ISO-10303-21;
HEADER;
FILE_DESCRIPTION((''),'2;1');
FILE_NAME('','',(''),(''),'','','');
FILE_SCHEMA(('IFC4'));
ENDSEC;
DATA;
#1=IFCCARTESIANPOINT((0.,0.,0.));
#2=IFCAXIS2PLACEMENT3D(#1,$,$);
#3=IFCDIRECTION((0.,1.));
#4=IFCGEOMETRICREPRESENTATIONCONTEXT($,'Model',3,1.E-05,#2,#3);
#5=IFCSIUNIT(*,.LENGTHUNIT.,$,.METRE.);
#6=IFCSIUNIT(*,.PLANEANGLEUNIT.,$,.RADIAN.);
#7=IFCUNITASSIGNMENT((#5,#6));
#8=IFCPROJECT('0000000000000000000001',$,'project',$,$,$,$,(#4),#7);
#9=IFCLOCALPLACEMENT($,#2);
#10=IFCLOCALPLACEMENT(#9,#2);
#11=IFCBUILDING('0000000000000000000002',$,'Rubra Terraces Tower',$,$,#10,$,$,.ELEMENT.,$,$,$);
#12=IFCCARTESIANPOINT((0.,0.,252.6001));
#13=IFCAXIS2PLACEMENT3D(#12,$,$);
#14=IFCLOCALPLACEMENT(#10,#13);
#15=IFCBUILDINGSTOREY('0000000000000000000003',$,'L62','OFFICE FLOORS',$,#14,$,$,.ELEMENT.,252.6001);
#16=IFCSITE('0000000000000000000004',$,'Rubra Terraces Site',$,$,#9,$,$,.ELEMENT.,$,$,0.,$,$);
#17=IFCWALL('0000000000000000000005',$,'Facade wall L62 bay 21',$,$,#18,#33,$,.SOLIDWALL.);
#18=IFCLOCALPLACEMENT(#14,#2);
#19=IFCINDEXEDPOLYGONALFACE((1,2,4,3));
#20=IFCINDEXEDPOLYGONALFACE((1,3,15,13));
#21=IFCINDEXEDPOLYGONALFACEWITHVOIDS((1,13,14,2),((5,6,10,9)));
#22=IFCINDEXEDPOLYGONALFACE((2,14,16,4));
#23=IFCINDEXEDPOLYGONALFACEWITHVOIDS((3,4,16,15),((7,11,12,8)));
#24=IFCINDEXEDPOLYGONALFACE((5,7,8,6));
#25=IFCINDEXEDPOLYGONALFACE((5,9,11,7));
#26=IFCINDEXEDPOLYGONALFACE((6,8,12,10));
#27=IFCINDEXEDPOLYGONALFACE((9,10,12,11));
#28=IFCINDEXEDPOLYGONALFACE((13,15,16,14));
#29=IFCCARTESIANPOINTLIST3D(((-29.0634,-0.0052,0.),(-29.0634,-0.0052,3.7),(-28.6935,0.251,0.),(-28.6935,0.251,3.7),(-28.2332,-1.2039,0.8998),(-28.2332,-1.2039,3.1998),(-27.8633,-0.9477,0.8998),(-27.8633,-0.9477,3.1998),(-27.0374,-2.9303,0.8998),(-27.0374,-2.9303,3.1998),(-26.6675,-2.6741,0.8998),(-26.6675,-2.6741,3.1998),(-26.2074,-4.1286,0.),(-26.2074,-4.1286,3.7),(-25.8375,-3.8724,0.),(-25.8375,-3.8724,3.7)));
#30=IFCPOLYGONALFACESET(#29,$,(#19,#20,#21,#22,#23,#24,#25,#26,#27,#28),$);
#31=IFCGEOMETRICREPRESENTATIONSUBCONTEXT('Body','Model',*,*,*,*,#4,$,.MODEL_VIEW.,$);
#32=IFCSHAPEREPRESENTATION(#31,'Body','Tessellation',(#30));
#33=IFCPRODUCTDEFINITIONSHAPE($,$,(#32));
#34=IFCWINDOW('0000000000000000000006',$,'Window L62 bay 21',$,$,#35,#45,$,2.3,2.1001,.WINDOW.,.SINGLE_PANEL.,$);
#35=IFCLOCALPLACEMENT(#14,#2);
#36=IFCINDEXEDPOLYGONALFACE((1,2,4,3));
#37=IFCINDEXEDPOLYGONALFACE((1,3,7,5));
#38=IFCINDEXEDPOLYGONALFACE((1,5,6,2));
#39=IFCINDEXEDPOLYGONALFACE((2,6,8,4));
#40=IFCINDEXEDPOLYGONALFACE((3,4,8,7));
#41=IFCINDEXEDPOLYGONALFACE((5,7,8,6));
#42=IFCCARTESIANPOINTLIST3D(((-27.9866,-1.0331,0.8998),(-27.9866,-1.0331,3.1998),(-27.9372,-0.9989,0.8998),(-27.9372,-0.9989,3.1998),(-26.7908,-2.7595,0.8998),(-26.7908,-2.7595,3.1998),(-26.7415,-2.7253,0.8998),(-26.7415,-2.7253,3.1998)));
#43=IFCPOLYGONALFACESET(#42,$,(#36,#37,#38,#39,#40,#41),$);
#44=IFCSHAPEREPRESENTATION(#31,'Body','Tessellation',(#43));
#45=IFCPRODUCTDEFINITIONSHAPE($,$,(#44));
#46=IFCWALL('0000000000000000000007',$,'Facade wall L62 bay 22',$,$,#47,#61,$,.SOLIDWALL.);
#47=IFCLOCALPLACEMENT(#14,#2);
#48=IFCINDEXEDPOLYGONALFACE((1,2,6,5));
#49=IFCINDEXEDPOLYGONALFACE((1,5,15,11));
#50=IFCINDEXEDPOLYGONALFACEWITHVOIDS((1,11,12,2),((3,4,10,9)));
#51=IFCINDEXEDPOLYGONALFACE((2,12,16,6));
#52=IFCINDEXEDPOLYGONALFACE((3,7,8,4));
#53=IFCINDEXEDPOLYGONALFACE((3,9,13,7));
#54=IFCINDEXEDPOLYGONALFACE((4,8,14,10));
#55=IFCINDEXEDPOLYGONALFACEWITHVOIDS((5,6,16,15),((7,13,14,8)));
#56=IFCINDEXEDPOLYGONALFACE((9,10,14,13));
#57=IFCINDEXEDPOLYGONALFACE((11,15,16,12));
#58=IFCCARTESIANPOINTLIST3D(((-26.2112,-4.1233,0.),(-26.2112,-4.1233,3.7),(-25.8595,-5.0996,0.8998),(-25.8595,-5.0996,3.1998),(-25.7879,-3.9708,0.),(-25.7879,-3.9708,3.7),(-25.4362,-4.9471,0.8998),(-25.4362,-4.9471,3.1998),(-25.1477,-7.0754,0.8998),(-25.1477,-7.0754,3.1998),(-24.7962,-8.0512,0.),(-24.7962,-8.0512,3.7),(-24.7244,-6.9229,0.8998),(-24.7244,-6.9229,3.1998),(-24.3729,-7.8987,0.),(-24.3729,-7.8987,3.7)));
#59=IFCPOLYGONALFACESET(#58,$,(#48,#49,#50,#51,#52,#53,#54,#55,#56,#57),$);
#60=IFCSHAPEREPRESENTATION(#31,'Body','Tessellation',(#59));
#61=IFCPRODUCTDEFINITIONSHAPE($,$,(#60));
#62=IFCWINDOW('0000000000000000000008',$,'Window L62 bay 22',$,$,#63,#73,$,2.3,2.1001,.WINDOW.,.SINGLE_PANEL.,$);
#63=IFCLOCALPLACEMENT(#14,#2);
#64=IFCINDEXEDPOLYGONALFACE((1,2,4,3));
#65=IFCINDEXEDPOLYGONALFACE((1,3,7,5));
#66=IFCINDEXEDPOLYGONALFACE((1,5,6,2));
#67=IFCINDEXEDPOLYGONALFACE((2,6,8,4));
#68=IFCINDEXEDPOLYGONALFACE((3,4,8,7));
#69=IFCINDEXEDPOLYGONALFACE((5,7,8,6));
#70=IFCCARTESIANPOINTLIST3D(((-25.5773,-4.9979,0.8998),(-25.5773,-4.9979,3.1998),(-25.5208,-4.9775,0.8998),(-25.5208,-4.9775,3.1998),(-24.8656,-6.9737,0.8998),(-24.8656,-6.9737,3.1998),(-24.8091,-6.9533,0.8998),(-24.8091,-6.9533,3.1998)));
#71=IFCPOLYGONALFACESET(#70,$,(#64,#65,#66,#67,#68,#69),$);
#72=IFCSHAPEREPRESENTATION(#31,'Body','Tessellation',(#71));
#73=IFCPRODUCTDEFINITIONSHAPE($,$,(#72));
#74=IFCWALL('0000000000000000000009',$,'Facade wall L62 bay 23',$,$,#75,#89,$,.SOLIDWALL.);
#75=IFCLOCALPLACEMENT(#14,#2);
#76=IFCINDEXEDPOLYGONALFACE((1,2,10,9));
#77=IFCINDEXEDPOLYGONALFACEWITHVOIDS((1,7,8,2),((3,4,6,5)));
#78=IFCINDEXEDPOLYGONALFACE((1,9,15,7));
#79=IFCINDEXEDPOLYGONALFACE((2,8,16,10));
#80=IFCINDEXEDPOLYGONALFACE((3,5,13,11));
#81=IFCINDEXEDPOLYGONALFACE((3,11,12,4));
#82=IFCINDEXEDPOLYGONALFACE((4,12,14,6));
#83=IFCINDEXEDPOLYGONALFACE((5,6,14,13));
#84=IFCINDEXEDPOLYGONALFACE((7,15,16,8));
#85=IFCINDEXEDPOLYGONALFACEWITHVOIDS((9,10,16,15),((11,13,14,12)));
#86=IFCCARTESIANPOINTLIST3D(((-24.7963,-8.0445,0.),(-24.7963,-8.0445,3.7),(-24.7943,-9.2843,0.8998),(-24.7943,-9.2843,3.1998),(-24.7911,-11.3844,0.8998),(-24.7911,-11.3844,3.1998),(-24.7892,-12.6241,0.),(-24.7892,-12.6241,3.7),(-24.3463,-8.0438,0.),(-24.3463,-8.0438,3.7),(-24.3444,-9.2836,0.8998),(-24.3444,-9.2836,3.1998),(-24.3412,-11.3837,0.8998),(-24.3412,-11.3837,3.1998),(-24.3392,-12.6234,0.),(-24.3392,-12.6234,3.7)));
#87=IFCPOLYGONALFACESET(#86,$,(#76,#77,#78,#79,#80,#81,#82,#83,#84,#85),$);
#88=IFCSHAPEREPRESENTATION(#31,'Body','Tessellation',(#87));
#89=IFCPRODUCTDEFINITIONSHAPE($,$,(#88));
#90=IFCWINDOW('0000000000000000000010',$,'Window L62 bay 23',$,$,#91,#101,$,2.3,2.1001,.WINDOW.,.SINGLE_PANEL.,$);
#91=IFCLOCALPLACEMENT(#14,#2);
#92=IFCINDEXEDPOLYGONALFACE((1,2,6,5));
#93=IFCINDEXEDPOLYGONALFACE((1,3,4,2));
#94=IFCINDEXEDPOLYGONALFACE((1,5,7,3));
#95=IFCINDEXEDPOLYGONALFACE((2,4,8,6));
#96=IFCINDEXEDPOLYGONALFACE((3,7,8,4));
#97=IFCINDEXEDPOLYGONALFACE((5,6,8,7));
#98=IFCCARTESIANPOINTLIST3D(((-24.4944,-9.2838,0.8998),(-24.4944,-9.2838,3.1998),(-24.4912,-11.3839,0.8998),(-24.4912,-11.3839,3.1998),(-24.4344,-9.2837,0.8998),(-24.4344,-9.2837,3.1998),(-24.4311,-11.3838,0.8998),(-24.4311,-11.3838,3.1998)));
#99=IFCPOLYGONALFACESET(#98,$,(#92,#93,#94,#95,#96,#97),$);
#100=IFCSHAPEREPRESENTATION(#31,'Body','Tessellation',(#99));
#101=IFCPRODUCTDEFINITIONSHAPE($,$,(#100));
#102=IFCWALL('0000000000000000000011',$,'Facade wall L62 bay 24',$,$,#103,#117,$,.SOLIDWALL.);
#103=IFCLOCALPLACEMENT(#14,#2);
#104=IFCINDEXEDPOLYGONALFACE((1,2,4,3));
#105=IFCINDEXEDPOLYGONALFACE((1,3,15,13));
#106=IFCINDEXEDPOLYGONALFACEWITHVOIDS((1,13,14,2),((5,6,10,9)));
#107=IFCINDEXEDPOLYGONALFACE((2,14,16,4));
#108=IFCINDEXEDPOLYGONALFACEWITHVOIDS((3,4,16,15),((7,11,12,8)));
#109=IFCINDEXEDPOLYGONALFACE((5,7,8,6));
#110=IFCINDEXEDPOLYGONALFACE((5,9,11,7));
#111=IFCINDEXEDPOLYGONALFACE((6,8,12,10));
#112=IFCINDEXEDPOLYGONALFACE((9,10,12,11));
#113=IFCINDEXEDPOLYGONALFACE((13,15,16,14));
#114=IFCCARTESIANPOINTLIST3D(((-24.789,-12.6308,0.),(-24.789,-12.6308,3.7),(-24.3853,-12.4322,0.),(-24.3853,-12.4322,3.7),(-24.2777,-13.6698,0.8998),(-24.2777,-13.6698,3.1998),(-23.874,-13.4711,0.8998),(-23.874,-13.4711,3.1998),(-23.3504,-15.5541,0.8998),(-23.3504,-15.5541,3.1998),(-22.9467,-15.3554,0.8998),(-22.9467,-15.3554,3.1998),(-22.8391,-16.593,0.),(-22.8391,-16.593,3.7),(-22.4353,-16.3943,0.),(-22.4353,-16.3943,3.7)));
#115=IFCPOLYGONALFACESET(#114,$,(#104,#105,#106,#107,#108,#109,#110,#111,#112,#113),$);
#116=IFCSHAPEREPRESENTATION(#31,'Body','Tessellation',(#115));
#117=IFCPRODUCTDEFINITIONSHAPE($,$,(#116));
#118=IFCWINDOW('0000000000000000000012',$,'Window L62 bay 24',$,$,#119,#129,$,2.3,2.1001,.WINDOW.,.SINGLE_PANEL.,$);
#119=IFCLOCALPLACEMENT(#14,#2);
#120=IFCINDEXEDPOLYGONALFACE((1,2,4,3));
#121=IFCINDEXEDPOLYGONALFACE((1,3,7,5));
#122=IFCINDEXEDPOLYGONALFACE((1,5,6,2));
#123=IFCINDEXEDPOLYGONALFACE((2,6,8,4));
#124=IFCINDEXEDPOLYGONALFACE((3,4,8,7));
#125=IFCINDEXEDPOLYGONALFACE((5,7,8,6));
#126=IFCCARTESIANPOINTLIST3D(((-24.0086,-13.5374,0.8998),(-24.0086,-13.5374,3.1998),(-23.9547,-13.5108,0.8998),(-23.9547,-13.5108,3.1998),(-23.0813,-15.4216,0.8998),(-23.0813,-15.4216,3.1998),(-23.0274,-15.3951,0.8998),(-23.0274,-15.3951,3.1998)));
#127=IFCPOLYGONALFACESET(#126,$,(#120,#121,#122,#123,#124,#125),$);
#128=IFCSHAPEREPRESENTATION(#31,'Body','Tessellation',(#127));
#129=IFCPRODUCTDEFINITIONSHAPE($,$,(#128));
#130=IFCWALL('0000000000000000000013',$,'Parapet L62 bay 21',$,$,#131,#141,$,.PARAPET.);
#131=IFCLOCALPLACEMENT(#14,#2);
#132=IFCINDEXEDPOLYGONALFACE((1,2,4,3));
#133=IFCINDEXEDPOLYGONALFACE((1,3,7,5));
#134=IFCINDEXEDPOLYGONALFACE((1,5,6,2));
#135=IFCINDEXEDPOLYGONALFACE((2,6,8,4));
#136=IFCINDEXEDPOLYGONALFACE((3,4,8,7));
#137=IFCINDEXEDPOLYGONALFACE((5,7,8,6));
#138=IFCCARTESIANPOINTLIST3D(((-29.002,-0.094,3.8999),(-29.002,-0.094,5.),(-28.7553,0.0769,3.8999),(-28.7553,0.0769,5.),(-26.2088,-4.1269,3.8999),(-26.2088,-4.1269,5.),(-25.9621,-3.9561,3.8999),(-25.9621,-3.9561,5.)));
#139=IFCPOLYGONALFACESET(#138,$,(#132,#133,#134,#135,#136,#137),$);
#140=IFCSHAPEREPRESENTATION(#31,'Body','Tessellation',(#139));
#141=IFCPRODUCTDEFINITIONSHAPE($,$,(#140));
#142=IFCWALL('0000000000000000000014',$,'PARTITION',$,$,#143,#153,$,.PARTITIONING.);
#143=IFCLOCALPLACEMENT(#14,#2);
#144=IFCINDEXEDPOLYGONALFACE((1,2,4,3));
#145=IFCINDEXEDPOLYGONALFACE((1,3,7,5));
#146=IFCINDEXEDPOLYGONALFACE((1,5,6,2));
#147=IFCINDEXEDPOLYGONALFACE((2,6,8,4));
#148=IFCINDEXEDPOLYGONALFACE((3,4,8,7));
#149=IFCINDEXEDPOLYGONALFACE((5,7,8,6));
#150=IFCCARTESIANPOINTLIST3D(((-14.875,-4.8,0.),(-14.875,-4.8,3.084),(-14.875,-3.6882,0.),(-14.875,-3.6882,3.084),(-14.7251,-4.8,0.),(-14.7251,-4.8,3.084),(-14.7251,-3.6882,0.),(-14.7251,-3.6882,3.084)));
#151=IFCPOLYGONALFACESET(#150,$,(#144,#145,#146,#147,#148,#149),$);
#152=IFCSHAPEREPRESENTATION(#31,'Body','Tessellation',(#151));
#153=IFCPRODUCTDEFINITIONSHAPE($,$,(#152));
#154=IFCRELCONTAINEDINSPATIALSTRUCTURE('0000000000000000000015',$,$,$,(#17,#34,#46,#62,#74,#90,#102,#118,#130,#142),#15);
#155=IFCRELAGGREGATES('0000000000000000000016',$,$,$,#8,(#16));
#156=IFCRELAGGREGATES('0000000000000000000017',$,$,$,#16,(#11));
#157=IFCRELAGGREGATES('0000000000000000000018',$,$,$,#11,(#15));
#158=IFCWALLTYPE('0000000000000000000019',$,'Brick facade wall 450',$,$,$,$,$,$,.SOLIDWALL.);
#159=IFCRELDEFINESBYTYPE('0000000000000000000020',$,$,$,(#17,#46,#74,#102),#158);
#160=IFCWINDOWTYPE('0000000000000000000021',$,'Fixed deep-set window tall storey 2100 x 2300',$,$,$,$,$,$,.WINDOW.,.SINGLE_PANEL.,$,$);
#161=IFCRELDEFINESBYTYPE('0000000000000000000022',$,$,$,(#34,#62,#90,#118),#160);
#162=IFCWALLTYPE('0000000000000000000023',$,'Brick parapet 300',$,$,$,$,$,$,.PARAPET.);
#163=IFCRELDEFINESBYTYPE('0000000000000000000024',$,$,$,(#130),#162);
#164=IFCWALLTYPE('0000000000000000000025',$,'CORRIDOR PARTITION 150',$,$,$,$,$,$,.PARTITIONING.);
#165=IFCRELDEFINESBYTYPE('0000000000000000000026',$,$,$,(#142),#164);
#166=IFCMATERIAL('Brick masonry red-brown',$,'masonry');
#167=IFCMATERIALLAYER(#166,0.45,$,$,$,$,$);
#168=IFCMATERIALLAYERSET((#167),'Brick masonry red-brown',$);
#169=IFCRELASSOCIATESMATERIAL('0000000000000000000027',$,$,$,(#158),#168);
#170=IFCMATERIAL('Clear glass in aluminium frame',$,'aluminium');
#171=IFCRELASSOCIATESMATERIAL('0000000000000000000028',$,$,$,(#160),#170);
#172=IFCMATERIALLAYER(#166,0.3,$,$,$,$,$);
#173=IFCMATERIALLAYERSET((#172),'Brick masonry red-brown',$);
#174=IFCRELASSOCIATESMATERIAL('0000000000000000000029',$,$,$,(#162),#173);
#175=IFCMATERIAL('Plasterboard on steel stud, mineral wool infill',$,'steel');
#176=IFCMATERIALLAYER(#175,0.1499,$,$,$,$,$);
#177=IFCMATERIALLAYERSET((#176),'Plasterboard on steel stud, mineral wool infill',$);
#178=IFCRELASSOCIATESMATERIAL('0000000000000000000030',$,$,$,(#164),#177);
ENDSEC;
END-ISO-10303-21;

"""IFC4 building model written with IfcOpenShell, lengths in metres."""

from ifc_helpers import new_model, si_unit, direction, frame, frame_2d, origin, place, context, subcontext, project, spatial, rectangle, extrude, material, layer, layer_set, type_object, element, fill, save


model = new_model("IFC4")

# Units and contexts
model_context = context("Model", 3, precision=1e-05, world=origin(), true_north=direction((0.0, 1.0)))
body_context = subcontext(model_context, "Body", "Model", "MODEL_VIEW")
ifc_project = project(units=[si_unit("LENGTHUNIT", "METRE"), si_unit("PLANEANGLEUNIT", "RADIAN")], contexts=[model_context])

# Site, building, storey
site_placement = place(None, origin())
site = spatial("IfcSite", under=ifc_project, at=site_placement, Name="Rubra Terraces Site", CompositionType="ELEMENT", RefElevation=0.0)
building_placement = place(site_placement, origin())
building = spatial("IfcBuilding", under=site, at=building_placement, Name="Rubra Terraces Tower", CompositionType="ELEMENT")
storey_placement = place(building_placement, frame((0.0, 0.0, 252.6001)))
storey = spatial("IfcBuildingStorey", under=building, at=storey_placement, Name="L62", Description="OFFICE FLOORS", CompositionType="ELEMENT", Elevation=252.6001)

# Walls, openings, windows
ifc_material_1 = material(Name="Brick masonry red-brown", Category="masonry")
ifc_layer_1 = layer(ifc_material_1, 0.45)
ifc_layer_set_1 = layer_set([ifc_layer_1], Name="Brick masonry red-brown")
wall_type_1 = type_object("IfcWallType", Name="Brick facade wall 450", PredefinedType="SOLIDWALL", material=ifc_layer_set_1)
wall_1_placement = place(storey_placement, frame((-28.8784, 0.1228, 0.0), z_axis=(0.0, 0.0, 1.0), x_axis=(0.569395, -0.822064, 0.0)))
wall_1 = element("IfcWall", 1, at=wall_1_placement, inside=storey, type_object=wall_type_1, Name="Facade wall L62 bay 21", PredefinedType="SOLIDWALL", context=body_context, shape_type="SweptSolid", body=[
    extrude(rectangle(XDim=5.0159, YDim=0.45, at=frame_2d((2.5078, 0.0))), origin(), (0.0, 0.0, 1.0), 3.7),
])
opening_1_placement = place(wall_1_placement, frame((1.458, 0.0, 0.8999)))
opening_1 = element("IfcOpeningElement", 2, at=opening_1_placement, cuts=wall_1, PredefinedType="OPENING", context=body_context, shape_type="SweptSolid", body=[
    extrude(rectangle(XDim=2.1001, YDim=2.3, at=frame_2d((1.05, 1.1499))), frame((0.0, 0.2349, 0.0), z_axis=(0.0, -1.0, 0.0), x_axis=(1.0, 0.0, 0.0)), (0.0, 0.0, 1.0), 0.47),
])
ifc_material_2 = material(Name="Clear glass in aluminium frame", Category="aluminium")
window_type = type_object("IfcWindowType", Name="Fixed deep-set window tall storey 2100 x 2300", PartitioningType="SINGLE_PANEL", PredefinedType="WINDOW", material=ifc_material_2)
window_1_placement = place(opening_1_placement, origin())
window_1 = element("IfcWindow", 3, at=window_1_placement, inside=storey, type_object=window_type, Name="Window L62 bay 21", OverallHeight=2.3, OverallWidth=2.1001, PartitioningType="SINGLE_PANEL", PredefinedType="WINDOW", context=body_context, shape_type="SweptSolid", body=[
    extrude(rectangle(XDim=2.1001, YDim=2.3, at=frame_2d((1.05, 1.1499))), frame((0.0, 0.135, 0.0), z_axis=(0.0, -1.0, 0.0), x_axis=(1.0, 0.0, 0.0)), (0.0, 0.0, 1.0), 0.0601),
])
fill(opening_1, window_1)
wall_2_placement = place(storey_placement, frame((-25.9995, -4.0471, 0.0), z_axis=(0.0, 0.0, 1.0), x_axis=(0.338924, -0.940814, 0.0)))
wall_2 = element("IfcWall", 4, at=wall_2_placement, inside=storey, type_object=wall_type_1, Name="Facade wall L62 bay 22", PredefinedType="SOLIDWALL", context=body_context, shape_type="SweptSolid", body=[
    extrude(rectangle(XDim=4.175, YDim=0.45, at=frame_2d((2.0874, 0.0))), origin(), (0.0, 0.0, 1.0), 3.7),
])
opening_2_placement = place(wall_2_placement, frame((1.0376, 0.0, 0.8999)))
opening_2 = element("IfcOpeningElement", 5, at=opening_2_placement, cuts=wall_2, PredefinedType="OPENING", context=body_context, shape_type="SweptSolid", body=[
    extrude(rectangle(XDim=2.1001, YDim=2.3, at=frame_2d((1.05, 1.1499))), frame((0.0, 0.2349, 0.0), z_axis=(0.0, -1.0, 0.0), x_axis=(1.0, 0.0, 0.0)), (0.0, 0.0, 1.0), 0.47),
])
window_2_placement = place(opening_2_placement, origin())
window_2 = element("IfcWindow", 6, at=window_2_placement, inside=storey, type_object=window_type, Name="Window L62 bay 22", OverallHeight=2.3, OverallWidth=2.1001, PartitioningType="SINGLE_PANEL", PredefinedType="WINDOW", context=body_context, shape_type="SweptSolid", body=[
    extrude(rectangle(XDim=2.1001, YDim=2.3, at=frame_2d((1.05, 1.1499))), frame((0.0, 0.135, 0.0), z_axis=(0.0, -1.0, 0.0), x_axis=(1.0, 0.0, 0.0)), (0.0, 0.0, 1.0), 0.0601),
])
fill(opening_2, window_2)
wall_3_placement = place(storey_placement, frame((-24.5713, -8.0442, 0.0), z_axis=(0.0, 0.0, 1.0), x_axis=(0.001546, -0.999999, 0.0)))
wall_3 = element("IfcWall", 7, at=wall_3_placement, inside=storey, type_object=wall_type_1, Name="Facade wall L62 bay 23", PredefinedType="SOLIDWALL", context=body_context, shape_type="SweptSolid", body=[
    extrude(rectangle(XDim=4.5796, YDim=0.45, at=frame_2d((2.2898, 0.0))), origin(), (0.0, 0.0, 1.0), 3.7),
])
opening_3_placement = place(wall_3_placement, frame((1.2397, 0.0, 0.8999)))
opening_3 = element("IfcOpeningElement", 8, at=opening_3_placement, cuts=wall_3, PredefinedType="OPENING", context=body_context, shape_type="SweptSolid", body=[
    extrude(rectangle(XDim=2.1001, YDim=2.3, at=frame_2d((1.05, 1.1499))), frame((0.0, 0.2349, 0.0), z_axis=(0.0, -1.0, 0.0), x_axis=(1.0, 0.0, 0.0)), (0.0, 0.0, 1.0), 0.47),
])
window_3_placement = place(opening_3_placement, origin())
window_3 = element("IfcWindow", 9, at=window_3_placement, inside=storey, type_object=window_type, Name="Window L62 bay 23", OverallHeight=2.3, OverallWidth=2.1001, PartitioningType="SINGLE_PANEL", PredefinedType="WINDOW", context=body_context, shape_type="SweptSolid", body=[
    extrude(rectangle(XDim=2.1001, YDim=2.3, at=frame_2d((1.05, 1.1499))), frame((0.0, 0.135, 0.0), z_axis=(0.0, -1.0, 0.0), x_axis=(1.0, 0.0, 0.0)), (0.0, 0.0, 1.0), 0.0601),
])
fill(opening_3, window_3)
wall_4_placement = place(storey_placement, frame((-24.5872, -12.5315, 0.0), z_axis=(0.0, 0.0, 1.0), x_axis=(0.441566, -0.897229, 0.0)))
wall_4 = element("IfcWall", 10, at=wall_4_placement, inside=storey, type_object=wall_type_1, Name="Facade wall L62 bay 24", PredefinedType="SOLIDWALL", context=body_context, shape_type="SweptSolid", body=[
    extrude(rectangle(XDim=4.416, YDim=0.45, at=frame_2d((2.208, 0.0))), origin(), (0.0, 0.0, 1.0), 3.7),
])
opening_4_placement = place(wall_4_placement, frame((1.158, 0.0, 0.8999)))
opening_4 = element("IfcOpeningElement", 11, at=opening_4_placement, cuts=wall_4, PredefinedType="OPENING", context=body_context, shape_type="SweptSolid", body=[
    extrude(rectangle(XDim=2.1001, YDim=2.3, at=frame_2d((1.05, 1.1499))), frame((0.0, 0.2349, 0.0), z_axis=(0.0, -1.0, 0.0), x_axis=(1.0, 0.0, 0.0)), (0.0, 0.0, 1.0), 0.47),
])
window_4_placement = place(opening_4_placement, origin())
window_4 = element("IfcWindow", 12, at=window_4_placement, inside=storey, type_object=window_type, Name="Window L62 bay 24", OverallHeight=2.3, OverallWidth=2.1001, PartitioningType="SINGLE_PANEL", PredefinedType="WINDOW", context=body_context, shape_type="SweptSolid", body=[
    extrude(rectangle(XDim=2.1001, YDim=2.3, at=frame_2d((1.05, 1.1499))), frame((0.0, 0.135, 0.0), z_axis=(0.0, -1.0, 0.0), x_axis=(1.0, 0.0, 0.0)), (0.0, 0.0, 1.0), 0.0601),
])
fill(opening_4, window_4)

# Walls
ifc_layer_2 = layer(ifc_material_1, 0.3)
ifc_layer_set_2 = layer_set([ifc_layer_2], Name="Brick masonry red-brown")
wall_type_2 = type_object("IfcWallType", Name="Brick parapet 300", PredefinedType="PARAPET", material=ifc_layer_set_2)
wall_5_placement = place(storey_placement, frame((-28.8787, -0.0085, 3.8999), z_axis=(0.0, 0.0, 1.0), x_axis=(0.56937, -0.822081, 0.0)))
element("IfcWall", 13, at=wall_5_placement, inside=storey, type_object=wall_type_2, Name="Parapet L62 bay 21", PredefinedType="PARAPET", context=body_context, shape_type="SweptSolid", body=[
    extrude(rectangle(XDim=4.9058, YDim=0.3, at=frame_2d((2.4529, 0.0))), origin(), (0.0, 0.0, 1.0), 1.1001),
])
ifc_material_3 = material(Name="Plasterboard on steel stud, mineral wool infill", Category="steel")
ifc_layer_3 = layer(ifc_material_3, 0.1499)
ifc_layer_set_3 = layer_set([ifc_layer_3], Name="Plasterboard on steel stud, mineral wool infill")
wall_type_3 = type_object("IfcWallType", Name="CORRIDOR PARTITION 150", PredefinedType="PARTITIONING", material=ifc_layer_set_3)
wall_6_placement = place(storey_placement, frame((-14.8, -3.6882, 0.0), z_axis=(0.0, 0.0, 1.0), x_axis=(0.0, -1.0, 0.0)))
element("IfcWall", 14, at=wall_6_placement, inside=storey, type_object=wall_type_3, Name="PARTITION", PredefinedType="PARTITIONING", context=body_context, shape_type="SweptSolid", body=[
    extrude(rectangle(XDim=1.1118, YDim=0.1499, at=frame_2d((0.5559, 0.0))), origin(), (0.0, 0.0, 1.0), 3.084),
])

save(model, "model.ifc")
